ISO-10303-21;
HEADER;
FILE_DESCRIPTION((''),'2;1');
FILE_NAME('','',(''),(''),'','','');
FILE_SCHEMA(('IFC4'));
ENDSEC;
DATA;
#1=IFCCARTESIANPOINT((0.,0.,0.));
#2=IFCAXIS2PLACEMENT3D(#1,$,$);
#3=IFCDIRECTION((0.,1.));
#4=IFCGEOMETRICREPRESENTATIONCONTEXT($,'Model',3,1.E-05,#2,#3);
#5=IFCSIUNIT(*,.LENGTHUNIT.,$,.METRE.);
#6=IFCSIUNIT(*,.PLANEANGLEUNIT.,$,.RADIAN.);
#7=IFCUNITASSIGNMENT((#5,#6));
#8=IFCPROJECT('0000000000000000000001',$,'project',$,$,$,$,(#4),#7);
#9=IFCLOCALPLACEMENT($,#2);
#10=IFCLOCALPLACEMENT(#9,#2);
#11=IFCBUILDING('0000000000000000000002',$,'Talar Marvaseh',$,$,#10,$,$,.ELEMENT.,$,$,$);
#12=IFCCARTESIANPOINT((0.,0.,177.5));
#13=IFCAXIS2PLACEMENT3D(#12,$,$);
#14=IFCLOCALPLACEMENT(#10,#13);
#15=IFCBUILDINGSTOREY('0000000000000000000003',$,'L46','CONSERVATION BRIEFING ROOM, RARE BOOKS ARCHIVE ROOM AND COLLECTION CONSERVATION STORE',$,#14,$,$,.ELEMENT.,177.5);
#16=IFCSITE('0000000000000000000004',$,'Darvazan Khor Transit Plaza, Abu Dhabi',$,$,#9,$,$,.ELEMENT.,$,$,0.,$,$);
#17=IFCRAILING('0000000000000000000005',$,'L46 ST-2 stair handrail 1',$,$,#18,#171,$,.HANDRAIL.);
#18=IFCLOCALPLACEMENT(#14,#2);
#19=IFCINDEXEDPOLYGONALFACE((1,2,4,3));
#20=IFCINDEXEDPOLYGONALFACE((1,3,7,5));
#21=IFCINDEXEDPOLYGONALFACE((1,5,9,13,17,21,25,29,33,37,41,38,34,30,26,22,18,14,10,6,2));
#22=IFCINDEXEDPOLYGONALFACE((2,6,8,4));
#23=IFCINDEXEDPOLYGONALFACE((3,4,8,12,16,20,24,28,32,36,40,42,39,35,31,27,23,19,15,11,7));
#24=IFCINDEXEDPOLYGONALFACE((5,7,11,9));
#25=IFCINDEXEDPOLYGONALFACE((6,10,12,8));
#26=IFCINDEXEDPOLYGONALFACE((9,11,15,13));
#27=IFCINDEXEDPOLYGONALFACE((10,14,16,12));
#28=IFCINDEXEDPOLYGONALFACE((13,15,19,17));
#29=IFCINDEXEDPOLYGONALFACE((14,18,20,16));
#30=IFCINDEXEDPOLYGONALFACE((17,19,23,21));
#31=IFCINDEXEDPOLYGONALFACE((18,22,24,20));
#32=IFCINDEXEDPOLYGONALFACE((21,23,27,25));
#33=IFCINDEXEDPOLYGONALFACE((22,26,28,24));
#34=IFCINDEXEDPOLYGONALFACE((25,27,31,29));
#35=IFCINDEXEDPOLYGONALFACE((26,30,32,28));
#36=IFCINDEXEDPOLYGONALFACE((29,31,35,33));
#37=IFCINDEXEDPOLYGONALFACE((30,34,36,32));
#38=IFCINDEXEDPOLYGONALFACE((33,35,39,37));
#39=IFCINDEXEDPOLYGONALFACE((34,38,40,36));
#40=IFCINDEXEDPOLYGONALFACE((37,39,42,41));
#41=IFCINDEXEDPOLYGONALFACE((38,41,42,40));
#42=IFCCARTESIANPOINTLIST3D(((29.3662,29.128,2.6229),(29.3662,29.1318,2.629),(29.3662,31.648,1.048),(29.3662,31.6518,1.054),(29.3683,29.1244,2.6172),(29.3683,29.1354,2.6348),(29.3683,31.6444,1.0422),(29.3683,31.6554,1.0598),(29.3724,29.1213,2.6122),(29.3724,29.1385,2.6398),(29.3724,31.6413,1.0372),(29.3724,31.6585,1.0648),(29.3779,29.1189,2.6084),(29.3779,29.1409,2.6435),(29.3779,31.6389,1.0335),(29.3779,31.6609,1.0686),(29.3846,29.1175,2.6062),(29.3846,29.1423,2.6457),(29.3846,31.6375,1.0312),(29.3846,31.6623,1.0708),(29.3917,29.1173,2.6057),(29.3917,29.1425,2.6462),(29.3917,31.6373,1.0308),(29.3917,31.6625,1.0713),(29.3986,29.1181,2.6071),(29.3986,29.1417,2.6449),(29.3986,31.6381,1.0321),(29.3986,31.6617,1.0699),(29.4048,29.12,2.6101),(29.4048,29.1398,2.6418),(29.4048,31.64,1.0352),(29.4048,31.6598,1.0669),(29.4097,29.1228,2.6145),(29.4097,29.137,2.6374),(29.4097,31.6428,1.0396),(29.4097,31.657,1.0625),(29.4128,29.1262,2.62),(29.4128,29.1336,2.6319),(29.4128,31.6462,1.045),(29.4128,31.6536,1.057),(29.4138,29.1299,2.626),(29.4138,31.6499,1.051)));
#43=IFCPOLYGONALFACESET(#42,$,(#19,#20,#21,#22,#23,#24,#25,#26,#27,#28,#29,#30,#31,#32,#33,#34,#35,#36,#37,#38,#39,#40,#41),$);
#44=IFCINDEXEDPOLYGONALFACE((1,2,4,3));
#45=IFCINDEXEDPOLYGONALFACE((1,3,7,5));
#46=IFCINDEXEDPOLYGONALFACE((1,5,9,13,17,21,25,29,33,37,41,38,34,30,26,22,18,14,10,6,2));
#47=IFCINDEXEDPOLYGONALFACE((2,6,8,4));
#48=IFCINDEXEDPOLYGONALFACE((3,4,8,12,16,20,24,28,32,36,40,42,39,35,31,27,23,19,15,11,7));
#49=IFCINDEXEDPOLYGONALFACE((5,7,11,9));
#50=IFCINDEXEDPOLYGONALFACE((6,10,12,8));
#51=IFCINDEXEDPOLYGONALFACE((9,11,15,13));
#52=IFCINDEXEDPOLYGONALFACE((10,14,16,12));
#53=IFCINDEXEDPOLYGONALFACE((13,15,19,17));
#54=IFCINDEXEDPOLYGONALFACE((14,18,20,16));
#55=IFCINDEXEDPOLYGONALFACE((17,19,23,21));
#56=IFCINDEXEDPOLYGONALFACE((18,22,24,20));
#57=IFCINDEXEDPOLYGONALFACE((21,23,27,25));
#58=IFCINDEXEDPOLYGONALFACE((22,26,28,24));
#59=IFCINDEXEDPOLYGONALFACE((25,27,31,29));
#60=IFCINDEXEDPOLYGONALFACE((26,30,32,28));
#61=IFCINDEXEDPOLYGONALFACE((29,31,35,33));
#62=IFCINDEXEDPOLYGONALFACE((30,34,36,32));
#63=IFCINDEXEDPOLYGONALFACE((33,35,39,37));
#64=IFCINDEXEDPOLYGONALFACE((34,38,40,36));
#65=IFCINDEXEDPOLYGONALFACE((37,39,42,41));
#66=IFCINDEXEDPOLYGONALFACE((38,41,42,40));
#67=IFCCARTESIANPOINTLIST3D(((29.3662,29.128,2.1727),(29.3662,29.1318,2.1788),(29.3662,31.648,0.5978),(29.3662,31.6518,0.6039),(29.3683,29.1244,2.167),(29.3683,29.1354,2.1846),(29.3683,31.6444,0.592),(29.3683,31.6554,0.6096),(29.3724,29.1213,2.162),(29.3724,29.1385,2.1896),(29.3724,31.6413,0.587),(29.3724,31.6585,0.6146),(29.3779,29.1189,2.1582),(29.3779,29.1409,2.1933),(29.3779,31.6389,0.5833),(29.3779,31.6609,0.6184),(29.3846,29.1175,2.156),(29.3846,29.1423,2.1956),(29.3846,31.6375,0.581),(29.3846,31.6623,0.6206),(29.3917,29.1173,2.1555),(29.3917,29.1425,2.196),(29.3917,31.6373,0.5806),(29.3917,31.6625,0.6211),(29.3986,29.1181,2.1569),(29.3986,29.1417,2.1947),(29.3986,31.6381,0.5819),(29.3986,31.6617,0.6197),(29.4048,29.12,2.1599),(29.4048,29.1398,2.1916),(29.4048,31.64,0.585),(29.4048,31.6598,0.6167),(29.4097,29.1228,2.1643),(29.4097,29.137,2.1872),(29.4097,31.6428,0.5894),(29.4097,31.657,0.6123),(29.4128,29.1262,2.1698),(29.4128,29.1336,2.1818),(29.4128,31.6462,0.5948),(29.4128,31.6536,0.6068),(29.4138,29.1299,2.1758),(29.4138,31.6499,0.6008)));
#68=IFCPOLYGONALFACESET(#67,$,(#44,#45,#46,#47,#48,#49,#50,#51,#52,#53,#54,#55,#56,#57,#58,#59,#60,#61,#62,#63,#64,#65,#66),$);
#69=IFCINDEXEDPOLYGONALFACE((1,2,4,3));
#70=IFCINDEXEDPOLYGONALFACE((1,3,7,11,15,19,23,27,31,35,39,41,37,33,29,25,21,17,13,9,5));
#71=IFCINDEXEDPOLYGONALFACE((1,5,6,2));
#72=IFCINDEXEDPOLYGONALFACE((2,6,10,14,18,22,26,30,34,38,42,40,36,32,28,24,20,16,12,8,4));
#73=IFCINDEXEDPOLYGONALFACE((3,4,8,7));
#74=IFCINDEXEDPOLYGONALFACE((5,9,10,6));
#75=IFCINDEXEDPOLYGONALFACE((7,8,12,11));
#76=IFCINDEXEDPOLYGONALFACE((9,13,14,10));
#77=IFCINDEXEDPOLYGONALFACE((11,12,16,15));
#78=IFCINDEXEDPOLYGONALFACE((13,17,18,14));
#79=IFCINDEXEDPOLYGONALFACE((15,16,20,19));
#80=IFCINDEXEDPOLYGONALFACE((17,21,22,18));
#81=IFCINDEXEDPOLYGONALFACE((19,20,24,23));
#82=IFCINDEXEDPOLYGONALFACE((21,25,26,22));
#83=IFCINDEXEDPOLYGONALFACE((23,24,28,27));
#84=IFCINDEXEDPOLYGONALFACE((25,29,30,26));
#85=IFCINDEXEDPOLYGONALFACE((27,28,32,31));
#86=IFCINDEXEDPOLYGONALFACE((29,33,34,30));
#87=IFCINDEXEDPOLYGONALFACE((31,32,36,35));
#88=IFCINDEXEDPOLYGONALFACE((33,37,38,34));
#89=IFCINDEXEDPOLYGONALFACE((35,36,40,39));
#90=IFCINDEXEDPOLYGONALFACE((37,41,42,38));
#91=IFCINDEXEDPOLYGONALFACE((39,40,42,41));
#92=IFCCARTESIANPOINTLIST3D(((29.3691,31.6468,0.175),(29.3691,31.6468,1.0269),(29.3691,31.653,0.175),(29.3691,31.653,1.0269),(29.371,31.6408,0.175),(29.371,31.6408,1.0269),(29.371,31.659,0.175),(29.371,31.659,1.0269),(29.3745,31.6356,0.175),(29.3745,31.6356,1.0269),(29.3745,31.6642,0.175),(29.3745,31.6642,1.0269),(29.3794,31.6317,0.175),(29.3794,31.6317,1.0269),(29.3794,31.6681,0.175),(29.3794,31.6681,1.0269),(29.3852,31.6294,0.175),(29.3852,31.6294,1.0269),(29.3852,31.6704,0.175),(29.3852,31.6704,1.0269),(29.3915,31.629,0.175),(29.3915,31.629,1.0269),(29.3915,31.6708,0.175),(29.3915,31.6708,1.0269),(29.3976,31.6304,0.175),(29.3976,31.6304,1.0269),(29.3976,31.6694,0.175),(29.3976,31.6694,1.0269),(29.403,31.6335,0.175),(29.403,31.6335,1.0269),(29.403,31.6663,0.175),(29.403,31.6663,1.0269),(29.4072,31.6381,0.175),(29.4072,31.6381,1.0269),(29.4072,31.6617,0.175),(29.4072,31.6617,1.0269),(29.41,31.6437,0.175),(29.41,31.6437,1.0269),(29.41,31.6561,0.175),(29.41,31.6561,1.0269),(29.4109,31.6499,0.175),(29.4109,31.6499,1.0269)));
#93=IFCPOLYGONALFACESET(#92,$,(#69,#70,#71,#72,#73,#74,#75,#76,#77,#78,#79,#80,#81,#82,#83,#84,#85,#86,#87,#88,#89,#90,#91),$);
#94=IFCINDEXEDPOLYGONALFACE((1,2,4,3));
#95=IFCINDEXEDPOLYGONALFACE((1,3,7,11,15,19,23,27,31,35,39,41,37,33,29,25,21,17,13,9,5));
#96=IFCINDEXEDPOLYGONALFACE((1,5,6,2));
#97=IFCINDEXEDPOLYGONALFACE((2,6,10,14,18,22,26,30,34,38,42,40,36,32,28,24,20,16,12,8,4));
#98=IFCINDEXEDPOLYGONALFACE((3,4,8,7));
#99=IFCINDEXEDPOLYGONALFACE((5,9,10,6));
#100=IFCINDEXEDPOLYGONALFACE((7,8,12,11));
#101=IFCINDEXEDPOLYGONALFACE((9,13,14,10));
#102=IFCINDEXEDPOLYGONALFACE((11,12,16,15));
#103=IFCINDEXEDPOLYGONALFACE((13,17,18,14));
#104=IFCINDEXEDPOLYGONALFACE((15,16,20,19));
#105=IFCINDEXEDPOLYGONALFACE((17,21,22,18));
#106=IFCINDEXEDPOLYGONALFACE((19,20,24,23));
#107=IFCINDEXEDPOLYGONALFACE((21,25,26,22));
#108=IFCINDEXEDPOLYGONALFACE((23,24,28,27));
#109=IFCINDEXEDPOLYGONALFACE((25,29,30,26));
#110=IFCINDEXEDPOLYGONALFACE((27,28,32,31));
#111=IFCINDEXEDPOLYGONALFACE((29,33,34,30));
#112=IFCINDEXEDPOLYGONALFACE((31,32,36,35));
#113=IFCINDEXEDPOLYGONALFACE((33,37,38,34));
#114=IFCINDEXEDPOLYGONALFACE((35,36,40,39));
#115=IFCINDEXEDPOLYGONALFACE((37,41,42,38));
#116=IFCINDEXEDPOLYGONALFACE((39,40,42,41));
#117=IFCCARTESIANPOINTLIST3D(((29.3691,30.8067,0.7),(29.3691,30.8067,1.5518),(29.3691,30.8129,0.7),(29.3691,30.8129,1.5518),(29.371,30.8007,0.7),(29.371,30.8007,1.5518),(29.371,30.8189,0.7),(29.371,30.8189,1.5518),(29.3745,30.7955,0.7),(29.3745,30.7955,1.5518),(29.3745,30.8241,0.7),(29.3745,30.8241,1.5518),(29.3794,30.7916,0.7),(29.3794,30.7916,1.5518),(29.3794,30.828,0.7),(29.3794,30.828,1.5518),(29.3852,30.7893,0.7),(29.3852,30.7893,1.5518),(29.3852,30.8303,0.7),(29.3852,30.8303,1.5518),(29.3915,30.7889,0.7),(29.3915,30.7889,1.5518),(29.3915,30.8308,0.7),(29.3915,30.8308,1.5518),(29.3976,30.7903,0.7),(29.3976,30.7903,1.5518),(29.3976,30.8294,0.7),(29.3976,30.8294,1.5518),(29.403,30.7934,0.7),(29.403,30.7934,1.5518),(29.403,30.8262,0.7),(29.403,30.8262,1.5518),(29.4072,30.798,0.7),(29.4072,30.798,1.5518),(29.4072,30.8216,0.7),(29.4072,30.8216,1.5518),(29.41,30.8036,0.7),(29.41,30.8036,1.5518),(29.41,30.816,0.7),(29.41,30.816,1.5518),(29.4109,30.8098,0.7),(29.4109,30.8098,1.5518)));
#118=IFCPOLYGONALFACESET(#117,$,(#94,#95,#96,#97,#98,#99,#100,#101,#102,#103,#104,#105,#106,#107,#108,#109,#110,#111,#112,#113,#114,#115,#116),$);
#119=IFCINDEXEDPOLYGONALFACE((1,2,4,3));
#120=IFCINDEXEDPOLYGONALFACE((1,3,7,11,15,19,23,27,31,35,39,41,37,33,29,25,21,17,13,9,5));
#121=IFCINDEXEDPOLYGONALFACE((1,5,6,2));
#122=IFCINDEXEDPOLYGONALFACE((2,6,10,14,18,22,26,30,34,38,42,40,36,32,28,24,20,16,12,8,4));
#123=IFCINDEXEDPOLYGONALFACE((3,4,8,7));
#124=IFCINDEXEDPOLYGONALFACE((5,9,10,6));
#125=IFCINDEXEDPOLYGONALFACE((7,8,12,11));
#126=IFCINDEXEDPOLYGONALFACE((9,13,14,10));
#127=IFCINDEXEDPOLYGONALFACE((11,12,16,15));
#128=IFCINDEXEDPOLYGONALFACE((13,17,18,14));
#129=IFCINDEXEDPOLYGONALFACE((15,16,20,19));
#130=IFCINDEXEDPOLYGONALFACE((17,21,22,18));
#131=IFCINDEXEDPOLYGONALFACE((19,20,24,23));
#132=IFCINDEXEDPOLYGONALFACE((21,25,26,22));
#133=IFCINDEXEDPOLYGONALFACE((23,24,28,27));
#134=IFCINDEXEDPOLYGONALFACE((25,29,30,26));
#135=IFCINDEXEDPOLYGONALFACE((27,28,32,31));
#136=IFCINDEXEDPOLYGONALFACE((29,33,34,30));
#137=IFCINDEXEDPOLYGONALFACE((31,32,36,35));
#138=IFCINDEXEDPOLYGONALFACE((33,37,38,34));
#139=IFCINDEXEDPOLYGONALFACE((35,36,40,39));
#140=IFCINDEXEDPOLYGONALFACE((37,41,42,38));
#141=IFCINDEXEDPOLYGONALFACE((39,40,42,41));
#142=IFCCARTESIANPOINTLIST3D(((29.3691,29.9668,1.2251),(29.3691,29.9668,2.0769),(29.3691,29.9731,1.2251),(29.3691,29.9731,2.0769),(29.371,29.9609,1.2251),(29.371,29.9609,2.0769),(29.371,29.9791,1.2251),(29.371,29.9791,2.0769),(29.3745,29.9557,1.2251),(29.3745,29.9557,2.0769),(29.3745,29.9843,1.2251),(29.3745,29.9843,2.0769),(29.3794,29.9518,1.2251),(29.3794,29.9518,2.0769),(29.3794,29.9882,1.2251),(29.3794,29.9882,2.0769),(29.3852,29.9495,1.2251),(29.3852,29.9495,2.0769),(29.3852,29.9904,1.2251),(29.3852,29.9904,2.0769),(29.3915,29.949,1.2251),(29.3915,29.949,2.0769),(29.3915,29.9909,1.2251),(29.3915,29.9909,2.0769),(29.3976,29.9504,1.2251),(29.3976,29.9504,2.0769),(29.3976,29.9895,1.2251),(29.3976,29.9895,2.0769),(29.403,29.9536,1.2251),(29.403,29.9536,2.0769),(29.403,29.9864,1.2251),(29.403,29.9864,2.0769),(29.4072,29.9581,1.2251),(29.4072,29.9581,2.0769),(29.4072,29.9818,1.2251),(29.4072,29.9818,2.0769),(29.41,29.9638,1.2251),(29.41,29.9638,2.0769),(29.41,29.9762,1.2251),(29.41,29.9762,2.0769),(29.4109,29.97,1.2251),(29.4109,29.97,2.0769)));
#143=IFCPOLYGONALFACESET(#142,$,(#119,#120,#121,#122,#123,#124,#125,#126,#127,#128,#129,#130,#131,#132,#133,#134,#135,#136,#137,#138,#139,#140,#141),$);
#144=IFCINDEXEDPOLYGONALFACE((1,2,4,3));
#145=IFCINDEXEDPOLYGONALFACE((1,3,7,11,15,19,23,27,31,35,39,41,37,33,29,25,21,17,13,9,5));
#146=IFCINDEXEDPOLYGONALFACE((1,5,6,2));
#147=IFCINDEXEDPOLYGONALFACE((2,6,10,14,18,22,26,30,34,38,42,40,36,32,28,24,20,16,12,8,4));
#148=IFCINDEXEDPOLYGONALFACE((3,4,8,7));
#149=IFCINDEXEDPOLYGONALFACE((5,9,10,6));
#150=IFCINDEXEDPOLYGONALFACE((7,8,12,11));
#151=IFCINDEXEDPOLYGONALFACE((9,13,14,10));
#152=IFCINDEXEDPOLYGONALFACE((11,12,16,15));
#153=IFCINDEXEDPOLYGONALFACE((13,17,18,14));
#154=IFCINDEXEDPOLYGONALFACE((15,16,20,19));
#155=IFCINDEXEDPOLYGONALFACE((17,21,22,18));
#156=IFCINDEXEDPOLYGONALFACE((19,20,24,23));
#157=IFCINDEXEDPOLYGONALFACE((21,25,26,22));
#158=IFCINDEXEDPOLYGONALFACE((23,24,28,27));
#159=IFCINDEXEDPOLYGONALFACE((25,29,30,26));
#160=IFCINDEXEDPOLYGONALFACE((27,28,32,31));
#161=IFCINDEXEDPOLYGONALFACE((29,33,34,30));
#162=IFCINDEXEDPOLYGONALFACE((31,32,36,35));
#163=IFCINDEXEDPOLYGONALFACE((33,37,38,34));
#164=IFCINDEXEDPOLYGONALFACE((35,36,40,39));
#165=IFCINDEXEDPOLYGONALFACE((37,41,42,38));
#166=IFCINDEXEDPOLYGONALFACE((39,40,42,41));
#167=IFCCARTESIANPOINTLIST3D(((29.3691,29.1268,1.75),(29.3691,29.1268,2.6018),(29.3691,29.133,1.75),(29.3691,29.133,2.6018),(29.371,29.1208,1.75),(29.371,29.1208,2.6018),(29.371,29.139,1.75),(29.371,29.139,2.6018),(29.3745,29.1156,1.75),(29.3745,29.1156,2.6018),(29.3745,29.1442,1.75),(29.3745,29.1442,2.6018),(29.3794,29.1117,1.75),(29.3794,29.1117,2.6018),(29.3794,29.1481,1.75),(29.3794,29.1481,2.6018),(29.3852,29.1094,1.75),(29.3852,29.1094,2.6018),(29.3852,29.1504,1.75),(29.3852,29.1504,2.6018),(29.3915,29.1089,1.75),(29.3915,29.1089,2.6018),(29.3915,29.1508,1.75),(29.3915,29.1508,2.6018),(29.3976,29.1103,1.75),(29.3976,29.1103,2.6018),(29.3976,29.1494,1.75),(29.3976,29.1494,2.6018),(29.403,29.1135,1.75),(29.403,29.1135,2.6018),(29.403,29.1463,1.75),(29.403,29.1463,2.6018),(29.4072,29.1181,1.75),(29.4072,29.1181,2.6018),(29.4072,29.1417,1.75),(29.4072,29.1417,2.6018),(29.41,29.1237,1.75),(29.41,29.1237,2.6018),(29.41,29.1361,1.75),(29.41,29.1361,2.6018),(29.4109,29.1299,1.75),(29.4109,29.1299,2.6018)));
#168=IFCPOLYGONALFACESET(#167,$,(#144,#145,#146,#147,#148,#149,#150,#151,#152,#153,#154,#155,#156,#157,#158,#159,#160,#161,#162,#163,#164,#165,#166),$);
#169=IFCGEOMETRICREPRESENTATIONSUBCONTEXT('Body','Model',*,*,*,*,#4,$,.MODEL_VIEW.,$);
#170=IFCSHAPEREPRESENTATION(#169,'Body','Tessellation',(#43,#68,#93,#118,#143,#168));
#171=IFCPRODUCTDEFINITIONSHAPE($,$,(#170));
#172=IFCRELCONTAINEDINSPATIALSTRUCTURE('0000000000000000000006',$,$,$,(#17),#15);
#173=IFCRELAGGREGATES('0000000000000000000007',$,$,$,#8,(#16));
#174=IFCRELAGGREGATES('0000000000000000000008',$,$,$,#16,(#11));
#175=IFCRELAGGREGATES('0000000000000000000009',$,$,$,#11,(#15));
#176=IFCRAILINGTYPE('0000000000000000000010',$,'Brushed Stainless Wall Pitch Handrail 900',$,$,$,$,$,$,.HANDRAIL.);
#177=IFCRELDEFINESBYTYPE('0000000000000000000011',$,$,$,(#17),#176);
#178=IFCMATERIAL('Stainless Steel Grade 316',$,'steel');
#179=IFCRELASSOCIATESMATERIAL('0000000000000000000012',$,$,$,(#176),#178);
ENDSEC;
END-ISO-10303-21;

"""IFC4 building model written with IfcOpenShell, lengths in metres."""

from ifc_helpers import new_model, si_unit, direction, frame, origin, origin_2d, place, context, subcontext, project, spatial, circle, extrude, material, type_object, element, save


model = new_model("IFC4")

# Units and contexts
model_context = context("Model", 3, precision=1e-05, world=origin(), true_north=direction((0.0, 1.0)))
body_context = subcontext(model_context, "Body", "Model", "MODEL_VIEW")
ifc_project = project(units=[si_unit("LENGTHUNIT", "METRE"), si_unit("PLANEANGLEUNIT", "RADIAN")], contexts=[model_context])

# Site, building, storey
site_placement = place(None, origin())
site = spatial("IfcSite", under=ifc_project, at=site_placement, Name="Darvazan Khor Transit Plaza, Abu Dhabi", CompositionType="ELEMENT", RefElevation=0.0)
building_placement = place(site_placement, origin())
building = spatial("IfcBuilding", under=site, at=building_placement, Name="Talar Marvaseh", CompositionType="ELEMENT")
storey_placement = place(building_placement, frame((0.0, 0.0, 177.5)))
storey = spatial("IfcBuildingStorey", under=building, at=storey_placement, Name="L46", Description="CONSERVATION BRIEFING ROOM, RARE BOOKS ARCHIVE ROOM AND COLLECTION CONSERVATION STORE", CompositionType="ELEMENT", Elevation=177.5)

# Shared definitions
ifc_material_1 = material(Name="Stainless Steel Grade 316", Category="steel")

# Railing
railing_type_1 = type_object("IfcRailingType", Name="Brushed Stainless Wall Pitch Handrail 900", PredefinedType="HANDRAIL", material=ifc_material_1)
railing_1_placement = place(storey_placement, frame((29.3899, 31.6499, 0.175)))
element("IfcRailing", 1, at=railing_1_placement, inside=storey, type_object=railing_type_1, Name="L46 ST-2 stair handrail 1", PredefinedType="HANDRAIL", context=body_context, shape_type="SweptSolid", body=[
    extrude(circle(Radius=0.0239, at=origin_2d()), frame((0.0, 0.0, 0.876), z_axis=(0.0, -0.848008, 0.529984), x_axis=(1.0, 0.0, 0.0)), (0.0, 0.0, 1.0), 2.9717),
    extrude(circle(Radius=0.0239, at=origin_2d()), frame((0.0, 0.0, 0.4258), z_axis=(0.0, -0.848008, 0.529984), x_axis=(1.0, 0.0, 0.0)), (0.0, 0.0, 1.0), 2.9717),
    extrude(circle(Radius=0.021, at=origin_2d()), origin(), (0.0, 0.0, 1.0), 0.8518),
    extrude(circle(Radius=0.021, at=origin_2d()), frame((0.0, -0.8401, 0.5249)), (0.0, 0.0, 1.0), 0.8518),
    extrude(circle(Radius=0.021, at=origin_2d()), frame((0.0, -1.6799, 1.05)), (0.0, 0.0, 1.0), 0.8518),
    extrude(circle(Radius=0.021, at=origin_2d()), frame((0.0, -2.52, 1.575)), (0.0, 0.0, 1.0), 0.8518),
])

save(model, "model.ifc")
